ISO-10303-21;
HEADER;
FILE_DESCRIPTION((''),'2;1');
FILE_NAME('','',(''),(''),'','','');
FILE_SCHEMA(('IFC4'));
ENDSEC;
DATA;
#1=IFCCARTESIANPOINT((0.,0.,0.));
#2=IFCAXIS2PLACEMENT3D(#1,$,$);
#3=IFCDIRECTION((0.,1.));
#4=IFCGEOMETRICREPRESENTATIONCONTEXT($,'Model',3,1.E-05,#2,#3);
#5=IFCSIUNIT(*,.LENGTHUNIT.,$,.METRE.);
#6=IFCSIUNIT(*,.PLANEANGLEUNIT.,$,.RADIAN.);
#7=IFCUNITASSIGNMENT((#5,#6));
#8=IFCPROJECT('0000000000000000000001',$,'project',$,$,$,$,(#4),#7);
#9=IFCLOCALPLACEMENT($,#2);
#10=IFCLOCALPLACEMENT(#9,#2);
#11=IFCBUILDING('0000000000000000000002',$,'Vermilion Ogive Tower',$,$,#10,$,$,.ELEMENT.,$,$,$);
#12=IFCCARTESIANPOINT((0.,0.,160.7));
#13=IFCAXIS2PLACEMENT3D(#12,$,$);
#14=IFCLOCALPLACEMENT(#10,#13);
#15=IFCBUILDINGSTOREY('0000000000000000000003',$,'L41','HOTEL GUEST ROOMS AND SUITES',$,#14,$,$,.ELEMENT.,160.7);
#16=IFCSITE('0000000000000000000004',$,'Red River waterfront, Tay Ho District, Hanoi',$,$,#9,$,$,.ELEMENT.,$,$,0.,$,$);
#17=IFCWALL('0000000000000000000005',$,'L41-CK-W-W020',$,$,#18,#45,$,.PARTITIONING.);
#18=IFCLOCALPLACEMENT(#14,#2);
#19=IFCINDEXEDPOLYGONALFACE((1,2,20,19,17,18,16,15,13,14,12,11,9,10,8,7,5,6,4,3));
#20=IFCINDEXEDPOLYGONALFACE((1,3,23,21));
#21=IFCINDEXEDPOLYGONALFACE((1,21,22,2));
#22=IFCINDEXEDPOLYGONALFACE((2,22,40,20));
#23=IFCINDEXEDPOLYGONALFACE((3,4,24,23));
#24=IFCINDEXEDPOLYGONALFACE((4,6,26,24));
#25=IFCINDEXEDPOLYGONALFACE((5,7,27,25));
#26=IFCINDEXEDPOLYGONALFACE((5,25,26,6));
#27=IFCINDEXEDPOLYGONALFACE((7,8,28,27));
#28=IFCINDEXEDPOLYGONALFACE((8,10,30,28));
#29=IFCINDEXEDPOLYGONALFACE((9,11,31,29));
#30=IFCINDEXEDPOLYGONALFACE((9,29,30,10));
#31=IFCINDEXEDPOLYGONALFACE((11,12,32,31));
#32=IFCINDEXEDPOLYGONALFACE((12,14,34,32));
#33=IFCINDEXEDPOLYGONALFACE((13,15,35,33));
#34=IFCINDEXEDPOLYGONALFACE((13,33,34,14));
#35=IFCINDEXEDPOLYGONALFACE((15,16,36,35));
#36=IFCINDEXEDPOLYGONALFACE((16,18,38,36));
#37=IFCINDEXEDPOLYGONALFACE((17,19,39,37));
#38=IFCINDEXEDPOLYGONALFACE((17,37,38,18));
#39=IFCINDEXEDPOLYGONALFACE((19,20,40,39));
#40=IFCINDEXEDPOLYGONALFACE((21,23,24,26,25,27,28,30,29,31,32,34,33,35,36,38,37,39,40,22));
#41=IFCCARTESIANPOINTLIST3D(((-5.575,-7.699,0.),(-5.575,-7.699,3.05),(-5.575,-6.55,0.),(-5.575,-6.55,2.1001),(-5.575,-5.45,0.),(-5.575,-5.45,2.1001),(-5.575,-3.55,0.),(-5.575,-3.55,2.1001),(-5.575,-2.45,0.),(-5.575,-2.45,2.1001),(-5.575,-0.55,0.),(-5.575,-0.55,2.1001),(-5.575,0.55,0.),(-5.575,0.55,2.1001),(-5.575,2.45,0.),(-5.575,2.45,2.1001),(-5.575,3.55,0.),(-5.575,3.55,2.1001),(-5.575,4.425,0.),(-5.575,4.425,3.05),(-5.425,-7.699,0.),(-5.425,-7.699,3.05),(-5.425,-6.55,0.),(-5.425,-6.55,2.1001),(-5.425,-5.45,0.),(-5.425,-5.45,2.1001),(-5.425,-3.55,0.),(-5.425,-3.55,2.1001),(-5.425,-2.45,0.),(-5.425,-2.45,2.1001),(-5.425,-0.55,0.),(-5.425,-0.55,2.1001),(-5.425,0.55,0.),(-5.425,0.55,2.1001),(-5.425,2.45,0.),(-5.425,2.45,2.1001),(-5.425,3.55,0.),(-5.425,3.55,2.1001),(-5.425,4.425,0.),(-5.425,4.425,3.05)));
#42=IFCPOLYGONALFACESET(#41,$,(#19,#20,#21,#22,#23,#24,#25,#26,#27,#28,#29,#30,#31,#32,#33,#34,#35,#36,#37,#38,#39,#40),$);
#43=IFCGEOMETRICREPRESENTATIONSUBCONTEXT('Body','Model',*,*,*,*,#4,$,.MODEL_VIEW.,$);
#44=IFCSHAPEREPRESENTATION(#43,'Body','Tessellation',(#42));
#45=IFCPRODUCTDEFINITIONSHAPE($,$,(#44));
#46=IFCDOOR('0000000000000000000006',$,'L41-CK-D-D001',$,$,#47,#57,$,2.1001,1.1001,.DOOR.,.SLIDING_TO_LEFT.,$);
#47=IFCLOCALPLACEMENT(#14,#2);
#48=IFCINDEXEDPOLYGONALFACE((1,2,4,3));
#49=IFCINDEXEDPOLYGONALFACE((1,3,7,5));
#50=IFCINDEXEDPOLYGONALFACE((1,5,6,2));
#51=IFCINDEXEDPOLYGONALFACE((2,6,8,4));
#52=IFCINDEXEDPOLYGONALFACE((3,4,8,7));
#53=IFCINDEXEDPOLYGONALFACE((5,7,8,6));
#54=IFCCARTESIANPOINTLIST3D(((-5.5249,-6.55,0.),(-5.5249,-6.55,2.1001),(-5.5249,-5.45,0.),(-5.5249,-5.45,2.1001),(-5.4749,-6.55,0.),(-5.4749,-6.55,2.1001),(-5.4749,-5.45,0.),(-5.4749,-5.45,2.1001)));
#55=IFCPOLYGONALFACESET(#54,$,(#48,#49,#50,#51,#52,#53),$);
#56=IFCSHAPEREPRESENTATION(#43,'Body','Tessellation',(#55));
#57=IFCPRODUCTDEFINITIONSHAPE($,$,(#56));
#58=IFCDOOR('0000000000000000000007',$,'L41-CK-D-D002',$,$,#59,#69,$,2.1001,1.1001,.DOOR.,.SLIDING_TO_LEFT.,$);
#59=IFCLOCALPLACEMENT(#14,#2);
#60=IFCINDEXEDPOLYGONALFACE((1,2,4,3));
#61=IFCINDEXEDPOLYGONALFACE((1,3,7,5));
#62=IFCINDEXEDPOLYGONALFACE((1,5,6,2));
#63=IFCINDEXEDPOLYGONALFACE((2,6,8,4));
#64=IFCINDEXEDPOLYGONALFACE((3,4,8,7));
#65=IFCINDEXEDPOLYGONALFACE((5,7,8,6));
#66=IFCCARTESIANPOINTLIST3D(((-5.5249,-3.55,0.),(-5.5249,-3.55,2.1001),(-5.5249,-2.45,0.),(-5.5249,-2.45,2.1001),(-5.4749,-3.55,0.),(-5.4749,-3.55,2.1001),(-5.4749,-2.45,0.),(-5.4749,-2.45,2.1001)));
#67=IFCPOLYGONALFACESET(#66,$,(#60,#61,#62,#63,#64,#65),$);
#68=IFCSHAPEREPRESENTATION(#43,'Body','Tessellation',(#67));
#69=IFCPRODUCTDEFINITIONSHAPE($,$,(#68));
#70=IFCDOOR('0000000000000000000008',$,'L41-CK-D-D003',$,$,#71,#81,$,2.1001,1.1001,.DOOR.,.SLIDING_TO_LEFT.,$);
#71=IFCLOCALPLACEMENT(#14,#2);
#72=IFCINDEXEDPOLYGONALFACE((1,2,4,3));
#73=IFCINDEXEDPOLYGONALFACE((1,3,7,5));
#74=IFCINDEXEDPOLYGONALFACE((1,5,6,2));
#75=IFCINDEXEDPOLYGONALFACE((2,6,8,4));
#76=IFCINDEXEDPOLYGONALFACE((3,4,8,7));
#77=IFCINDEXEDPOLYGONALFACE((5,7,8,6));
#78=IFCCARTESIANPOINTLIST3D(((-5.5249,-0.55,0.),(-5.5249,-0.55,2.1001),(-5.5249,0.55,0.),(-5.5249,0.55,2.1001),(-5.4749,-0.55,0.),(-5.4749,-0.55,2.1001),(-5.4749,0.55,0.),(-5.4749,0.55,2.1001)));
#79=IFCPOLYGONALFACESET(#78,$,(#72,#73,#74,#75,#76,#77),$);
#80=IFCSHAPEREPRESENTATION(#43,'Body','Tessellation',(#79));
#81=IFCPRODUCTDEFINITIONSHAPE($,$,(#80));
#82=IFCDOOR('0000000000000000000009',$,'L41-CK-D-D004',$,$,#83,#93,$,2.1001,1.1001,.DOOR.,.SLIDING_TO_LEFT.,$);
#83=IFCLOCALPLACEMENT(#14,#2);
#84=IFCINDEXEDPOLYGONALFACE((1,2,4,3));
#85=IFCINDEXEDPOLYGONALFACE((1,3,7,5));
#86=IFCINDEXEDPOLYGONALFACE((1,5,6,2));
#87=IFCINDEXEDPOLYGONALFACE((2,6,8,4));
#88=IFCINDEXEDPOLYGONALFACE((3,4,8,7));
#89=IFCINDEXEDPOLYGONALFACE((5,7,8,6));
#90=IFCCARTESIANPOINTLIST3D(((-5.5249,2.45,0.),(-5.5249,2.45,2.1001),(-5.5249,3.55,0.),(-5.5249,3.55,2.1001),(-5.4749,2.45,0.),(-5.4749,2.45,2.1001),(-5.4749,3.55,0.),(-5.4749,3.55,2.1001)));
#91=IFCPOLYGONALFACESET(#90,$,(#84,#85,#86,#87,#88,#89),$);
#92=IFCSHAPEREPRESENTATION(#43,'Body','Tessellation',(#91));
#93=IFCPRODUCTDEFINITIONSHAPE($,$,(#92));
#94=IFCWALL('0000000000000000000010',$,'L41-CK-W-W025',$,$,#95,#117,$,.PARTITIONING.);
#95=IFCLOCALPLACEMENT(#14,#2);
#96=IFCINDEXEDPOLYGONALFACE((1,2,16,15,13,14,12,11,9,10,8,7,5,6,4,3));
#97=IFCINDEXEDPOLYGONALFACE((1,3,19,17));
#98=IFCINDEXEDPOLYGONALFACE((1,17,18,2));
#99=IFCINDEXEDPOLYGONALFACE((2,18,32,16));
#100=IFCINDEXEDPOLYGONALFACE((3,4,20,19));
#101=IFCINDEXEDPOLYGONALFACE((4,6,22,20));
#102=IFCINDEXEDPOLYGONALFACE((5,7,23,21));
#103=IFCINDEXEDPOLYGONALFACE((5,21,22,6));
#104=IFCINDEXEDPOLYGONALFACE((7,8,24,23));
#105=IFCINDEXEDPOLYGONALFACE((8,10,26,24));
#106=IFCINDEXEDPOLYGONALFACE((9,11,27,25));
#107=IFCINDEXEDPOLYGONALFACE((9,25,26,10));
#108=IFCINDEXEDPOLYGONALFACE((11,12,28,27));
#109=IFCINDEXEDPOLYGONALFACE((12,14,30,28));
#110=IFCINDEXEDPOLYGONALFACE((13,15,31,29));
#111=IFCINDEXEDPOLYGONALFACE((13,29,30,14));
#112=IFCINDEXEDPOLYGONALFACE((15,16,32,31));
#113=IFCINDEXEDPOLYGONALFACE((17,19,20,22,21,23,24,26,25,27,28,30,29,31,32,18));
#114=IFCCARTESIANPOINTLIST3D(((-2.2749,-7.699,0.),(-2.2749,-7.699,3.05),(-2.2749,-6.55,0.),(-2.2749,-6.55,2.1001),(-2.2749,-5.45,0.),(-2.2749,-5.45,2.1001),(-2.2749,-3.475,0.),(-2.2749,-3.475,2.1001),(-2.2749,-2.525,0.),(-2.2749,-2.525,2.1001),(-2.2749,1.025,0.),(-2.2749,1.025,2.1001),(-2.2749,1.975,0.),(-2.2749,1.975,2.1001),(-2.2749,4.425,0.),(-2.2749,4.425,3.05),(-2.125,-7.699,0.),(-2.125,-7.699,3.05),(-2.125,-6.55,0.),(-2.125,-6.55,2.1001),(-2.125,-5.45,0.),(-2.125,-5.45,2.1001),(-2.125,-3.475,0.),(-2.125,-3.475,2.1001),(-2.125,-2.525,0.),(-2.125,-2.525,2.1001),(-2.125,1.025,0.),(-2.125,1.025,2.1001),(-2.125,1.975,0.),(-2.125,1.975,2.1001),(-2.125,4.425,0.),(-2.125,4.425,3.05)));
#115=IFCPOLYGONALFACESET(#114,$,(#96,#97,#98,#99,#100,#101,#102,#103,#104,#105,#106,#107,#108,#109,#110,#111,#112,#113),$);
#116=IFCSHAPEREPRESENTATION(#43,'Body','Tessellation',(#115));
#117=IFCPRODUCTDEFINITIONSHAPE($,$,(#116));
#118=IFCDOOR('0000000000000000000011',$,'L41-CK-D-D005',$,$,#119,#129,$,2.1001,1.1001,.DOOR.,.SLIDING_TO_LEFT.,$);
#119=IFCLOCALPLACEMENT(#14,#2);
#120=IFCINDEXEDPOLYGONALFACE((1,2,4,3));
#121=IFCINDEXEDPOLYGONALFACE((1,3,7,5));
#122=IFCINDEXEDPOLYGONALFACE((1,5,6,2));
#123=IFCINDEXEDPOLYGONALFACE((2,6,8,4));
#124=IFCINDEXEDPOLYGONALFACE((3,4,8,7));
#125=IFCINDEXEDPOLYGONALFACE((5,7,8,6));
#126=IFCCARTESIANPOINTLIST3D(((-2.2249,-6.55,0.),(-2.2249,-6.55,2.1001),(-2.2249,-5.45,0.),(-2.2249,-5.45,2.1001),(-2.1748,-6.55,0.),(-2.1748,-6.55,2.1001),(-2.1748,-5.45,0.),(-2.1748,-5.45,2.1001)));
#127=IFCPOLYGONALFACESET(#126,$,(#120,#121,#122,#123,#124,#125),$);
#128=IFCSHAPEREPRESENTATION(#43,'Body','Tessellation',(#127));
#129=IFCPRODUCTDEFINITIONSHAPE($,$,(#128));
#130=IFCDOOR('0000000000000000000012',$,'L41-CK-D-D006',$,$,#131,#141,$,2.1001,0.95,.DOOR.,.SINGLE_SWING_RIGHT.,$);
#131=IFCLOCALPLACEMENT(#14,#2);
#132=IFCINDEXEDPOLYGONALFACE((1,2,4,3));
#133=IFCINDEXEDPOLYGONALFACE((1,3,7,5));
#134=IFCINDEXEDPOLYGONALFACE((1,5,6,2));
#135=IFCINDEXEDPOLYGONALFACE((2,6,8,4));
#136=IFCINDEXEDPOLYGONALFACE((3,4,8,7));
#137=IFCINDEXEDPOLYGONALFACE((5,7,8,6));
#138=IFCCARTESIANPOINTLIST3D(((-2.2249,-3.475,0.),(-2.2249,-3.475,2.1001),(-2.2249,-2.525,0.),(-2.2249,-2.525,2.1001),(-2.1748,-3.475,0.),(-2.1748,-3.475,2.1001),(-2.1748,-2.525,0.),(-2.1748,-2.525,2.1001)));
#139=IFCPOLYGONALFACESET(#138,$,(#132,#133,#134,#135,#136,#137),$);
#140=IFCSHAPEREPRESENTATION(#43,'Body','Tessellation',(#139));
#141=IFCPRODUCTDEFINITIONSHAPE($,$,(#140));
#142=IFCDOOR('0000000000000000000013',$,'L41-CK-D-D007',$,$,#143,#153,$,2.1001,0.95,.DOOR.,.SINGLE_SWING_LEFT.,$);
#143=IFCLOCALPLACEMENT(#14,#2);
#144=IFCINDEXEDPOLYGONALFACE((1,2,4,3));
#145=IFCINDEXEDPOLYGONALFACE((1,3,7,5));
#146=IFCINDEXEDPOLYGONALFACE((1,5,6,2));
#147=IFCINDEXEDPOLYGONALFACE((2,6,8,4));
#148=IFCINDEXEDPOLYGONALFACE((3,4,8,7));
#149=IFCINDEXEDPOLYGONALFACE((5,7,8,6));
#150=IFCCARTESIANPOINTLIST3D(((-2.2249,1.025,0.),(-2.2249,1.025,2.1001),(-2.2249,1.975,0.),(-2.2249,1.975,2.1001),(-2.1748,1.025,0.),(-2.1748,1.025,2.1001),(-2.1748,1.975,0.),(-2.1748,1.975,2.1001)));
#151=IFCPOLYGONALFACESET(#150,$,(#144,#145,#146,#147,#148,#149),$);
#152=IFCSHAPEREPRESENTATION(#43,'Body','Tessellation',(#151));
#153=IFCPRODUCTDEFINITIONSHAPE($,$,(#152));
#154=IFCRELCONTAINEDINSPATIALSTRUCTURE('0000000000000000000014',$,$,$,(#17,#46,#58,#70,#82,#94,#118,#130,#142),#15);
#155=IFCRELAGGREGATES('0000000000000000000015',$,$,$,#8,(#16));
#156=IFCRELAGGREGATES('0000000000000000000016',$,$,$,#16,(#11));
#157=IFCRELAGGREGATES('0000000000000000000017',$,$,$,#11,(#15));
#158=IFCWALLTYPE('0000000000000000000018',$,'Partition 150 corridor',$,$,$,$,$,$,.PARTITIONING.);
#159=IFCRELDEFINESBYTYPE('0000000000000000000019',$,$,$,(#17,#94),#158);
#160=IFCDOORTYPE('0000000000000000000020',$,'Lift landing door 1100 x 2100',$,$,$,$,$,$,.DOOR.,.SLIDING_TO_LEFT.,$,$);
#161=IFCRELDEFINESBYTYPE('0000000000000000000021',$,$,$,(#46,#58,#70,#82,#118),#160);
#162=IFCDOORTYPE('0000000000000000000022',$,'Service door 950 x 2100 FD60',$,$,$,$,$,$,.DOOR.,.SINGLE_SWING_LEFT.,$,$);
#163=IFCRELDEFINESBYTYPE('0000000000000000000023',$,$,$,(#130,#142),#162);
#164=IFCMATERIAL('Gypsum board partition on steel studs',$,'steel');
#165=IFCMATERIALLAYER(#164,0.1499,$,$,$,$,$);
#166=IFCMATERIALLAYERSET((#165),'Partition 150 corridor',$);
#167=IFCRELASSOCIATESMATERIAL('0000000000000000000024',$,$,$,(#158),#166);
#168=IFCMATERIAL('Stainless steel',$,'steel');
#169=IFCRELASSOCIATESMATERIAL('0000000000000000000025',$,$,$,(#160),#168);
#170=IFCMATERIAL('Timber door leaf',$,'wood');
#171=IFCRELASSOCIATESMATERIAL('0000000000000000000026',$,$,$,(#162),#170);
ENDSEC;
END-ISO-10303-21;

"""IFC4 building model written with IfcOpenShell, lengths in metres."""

from ifc_helpers import new_model, si_unit, direction, frame, frame_2d, origin, place, context, subcontext, project, spatial, rectangle, extrude, material, layer, layer_set, type_object, element, fill, save


model = new_model("IFC4")

# Units and contexts
model_context = context("Model", 3, precision=1e-05, world=origin(), true_north=direction((0.0, 1.0)))
body_context = subcontext(model_context, "Body", "Model", "MODEL_VIEW")
ifc_project = project(units=[si_unit("LENGTHUNIT", "METRE"), si_unit("PLANEANGLEUNIT", "RADIAN")], contexts=[model_context])

# Site, building, storey
site_placement = place(None, origin())
site = spatial("IfcSite", under=ifc_project, at=site_placement, Name="Red River waterfront, Tay Ho District, Hanoi", CompositionType="ELEMENT", RefElevation=0.0)
building_placement = place(site_placement, origin())
building = spatial("IfcBuilding", under=site, at=building_placement, Name="Vermilion Ogive Tower", CompositionType="ELEMENT")
storey_placement = place(building_placement, frame((0.0, 0.0, 160.7)))
storey = spatial("IfcBuildingStorey", under=building, at=storey_placement, Name="L41", Description="HOTEL GUEST ROOMS AND SUITES", CompositionType="ELEMENT", Elevation=160.7)

# Shared definitions
ifc_material_1 = material(Name="Gypsum board partition on steel studs", Category="steel")
ifc_layer_1 = layer(ifc_material_1, 0.1499)
ifc_layer_set_1 = layer_set([ifc_layer_1], Name="Partition 150 corridor")
wall_type_1 = type_object("IfcWallType", Name="Partition 150 corridor", PredefinedType="PARTITIONING", material=ifc_layer_set_1)

# Walls, openings, doors
wall_1_placement = place(storey_placement, frame((-5.5, -7.699, 0.0), z_axis=(0.0, 0.0, 1.0), x_axis=(0.0, 1.0, 0.0)))
wall_1 = element("IfcWall", 1, at=wall_1_placement, inside=storey, type_object=wall_type_1, Name="L41-CK-W-W020", PredefinedType="PARTITIONING", context=body_context, shape_type="SweptSolid", body=[
    extrude(rectangle(XDim=12.124, YDim=0.1499, at=frame_2d((6.062, 0.0))), origin(), (0.0, 0.0, 1.0), 3.05),
])
opening_1_placement = place(wall_1_placement, frame((1.1489, 0.0, 0.0)))
opening_1 = element("IfcOpeningElement", 2, at=opening_1_placement, cuts=wall_1, PredefinedType="OPENING", context=body_context, shape_type="SweptSolid", body=[
    extrude(rectangle(XDim=1.1001, YDim=2.1001, at=frame_2d((0.55, 1.05))), frame((0.0, 0.085, 0.0), z_axis=(0.0, -1.0, 0.0), x_axis=(1.0, 0.0, 0.0)), (0.0, 0.0, 1.0), 0.1699),
])
opening_2_placement = place(wall_1_placement, frame((4.1489, 0.0, 0.0)))
opening_2 = element("IfcOpeningElement", 3, at=opening_2_placement, cuts=wall_1, PredefinedType="OPENING", context=body_context, shape_type="SweptSolid", body=[
    extrude(rectangle(XDim=1.1001, YDim=2.1001, at=frame_2d((0.55, 1.05))), frame((0.0, 0.085, 0.0), z_axis=(0.0, -1.0, 0.0), x_axis=(1.0, 0.0, 0.0)), (0.0, 0.0, 1.0), 0.1699),
])
opening_3_placement = place(wall_1_placement, frame((7.1489, 0.0, 0.0)))
opening_3 = element("IfcOpeningElement", 4, at=opening_3_placement, cuts=wall_1, PredefinedType="OPENING", context=body_context, shape_type="SweptSolid", body=[
    extrude(rectangle(XDim=1.1001, YDim=2.1001, at=frame_2d((0.55, 1.05))), frame((0.0, 0.085, 0.0), z_axis=(0.0, -1.0, 0.0), x_axis=(1.0, 0.0, 0.0)), (0.0, 0.0, 1.0), 0.1699),
])
opening_4_placement = place(wall_1_placement, frame((10.1489, 0.0, 0.0)))
opening_4 = element("IfcOpeningElement", 5, at=opening_4_placement, cuts=wall_1, PredefinedType="OPENING", context=body_context, shape_type="SweptSolid", body=[
    extrude(rectangle(XDim=1.1001, YDim=2.1001, at=frame_2d((0.55, 1.05))), frame((0.0, 0.085, 0.0), z_axis=(0.0, -1.0, 0.0), x_axis=(1.0, 0.0, 0.0)), (0.0, 0.0, 1.0), 0.1699),
])
ifc_material_2 = material(Name="Stainless steel", Category="steel")
door_type_1 = type_object("IfcDoorType", Name="Lift landing door 1100 x 2100", OperationType="SLIDING_TO_LEFT", PredefinedType="DOOR", material=ifc_material_2)
door_1_placement = place(opening_1_placement, origin())
door_1 = element("IfcDoor", 6, at=door_1_placement, inside=storey, type_object=door_type_1, Name="L41-CK-D-D001", OperationType="SLIDING_TO_LEFT", OverallHeight=2.1001, OverallWidth=1.1001, PredefinedType="DOOR", context=body_context, shape_type="SweptSolid", body=[
    extrude(rectangle(XDim=1.1001, YDim=2.1001, at=frame_2d((0.55, 1.05))), frame((0.0, 0.0249, 0.0), z_axis=(0.0, -1.0, 0.0), x_axis=(1.0, 0.0, 0.0)), (0.0, 0.0, 1.0), 0.05),
])
fill(opening_1, door_1)
door_2_placement = place(opening_2_placement, origin())
door_2 = element("IfcDoor", 7, at=door_2_placement, inside=storey, type_object=door_type_1, Name="L41-CK-D-D002", OperationType="SLIDING_TO_LEFT", OverallHeight=2.1001, OverallWidth=1.1001, PredefinedType="DOOR", context=body_context, shape_type="SweptSolid", body=[
    extrude(rectangle(XDim=1.1001, YDim=2.1001, at=frame_2d((0.55, 1.05))), frame((0.0, 0.0249, 0.0), z_axis=(0.0, -1.0, 0.0), x_axis=(1.0, 0.0, 0.0)), (0.0, 0.0, 1.0), 0.05),
])
fill(opening_2, door_2)
door_3_placement = place(opening_3_placement, origin())
door_3 = element("IfcDoor", 8, at=door_3_placement, inside=storey, type_object=door_type_1, Name="L41-CK-D-D003", OperationType="SLIDING_TO_LEFT", OverallHeight=2.1001, OverallWidth=1.1001, PredefinedType="DOOR", context=body_context, shape_type="SweptSolid", body=[
    extrude(rectangle(XDim=1.1001, YDim=2.1001, at=frame_2d((0.55, 1.05))), frame((0.0, 0.0249, 0.0), z_axis=(0.0, -1.0, 0.0), x_axis=(1.0, 0.0, 0.0)), (0.0, 0.0, 1.0), 0.05),
])
fill(opening_3, door_3)
door_4_placement = place(opening_4_placement, origin())
door_4 = element("IfcDoor", 9, at=door_4_placement, inside=storey, type_object=door_type_1, Name="L41-CK-D-D004", OperationType="SLIDING_TO_LEFT", OverallHeight=2.1001, OverallWidth=1.1001, PredefinedType="DOOR", context=body_context, shape_type="SweptSolid", body=[
    extrude(rectangle(XDim=1.1001, YDim=2.1001, at=frame_2d((0.55, 1.05))), frame((0.0, 0.0249, 0.0), z_axis=(0.0, -1.0, 0.0), x_axis=(1.0, 0.0, 0.0)), (0.0, 0.0, 1.0), 0.05),
])
fill(opening_4, door_4)
wall_2_placement = place(storey_placement, frame((-2.2, -7.699, 0.0), z_axis=(0.0, 0.0, 1.0), x_axis=(0.0, 1.0, 0.0)))
wall_2 = element("IfcWall", 10, at=wall_2_placement, inside=storey, type_object=wall_type_1, Name="L41-CK-W-W025", PredefinedType="PARTITIONING", context=body_context, shape_type="SweptSolid", body=[
    extrude(rectangle(XDim=12.124, YDim=0.1499, at=frame_2d((6.062, 0.0))), origin(), (0.0, 0.0, 1.0), 3.05),
])
opening_5_placement = place(wall_2_placement, frame((1.1489, 0.0, 0.0)))
opening_5 = element("IfcOpeningElement", 11, at=opening_5_placement, cuts=wall_2, PredefinedType="OPENING", context=body_context, shape_type="SweptSolid", body=[
    extrude(rectangle(XDim=1.1001, YDim=2.1001, at=frame_2d((0.55, 1.05))), frame((0.0, 0.085, 0.0), z_axis=(0.0, -1.0, 0.0), x_axis=(1.0, 0.0, 0.0)), (0.0, 0.0, 1.0), 0.1699),
])
opening_6_placement = place(wall_2_placement, frame((4.2239, 0.0, 0.0)))
opening_6 = element("IfcOpeningElement", 12, at=opening_6_placement, cuts=wall_2, PredefinedType="OPENING", context=body_context, shape_type="SweptSolid", body=[
    extrude(rectangle(XDim=0.95, YDim=2.1001, at=frame_2d((0.4751, 1.05))), frame((0.0, 0.085, 0.0), z_axis=(0.0, -1.0, 0.0), x_axis=(1.0, 0.0, 0.0)), (0.0, 0.0, 1.0), 0.1699),
])
opening_7_placement = place(wall_2_placement, frame((8.7239, 0.0, 0.0)))
opening_7 = element("IfcOpeningElement", 13, at=opening_7_placement, cuts=wall_2, PredefinedType="OPENING", context=body_context, shape_type="SweptSolid", body=[
    extrude(rectangle(XDim=0.95, YDim=2.1001, at=frame_2d((0.4751, 1.05))), frame((0.0, 0.085, 0.0), z_axis=(0.0, -1.0, 0.0), x_axis=(1.0, 0.0, 0.0)), (0.0, 0.0, 1.0), 0.1699),
])
door_5_placement = place(opening_5_placement, origin())
door_5 = element("IfcDoor", 14, at=door_5_placement, inside=storey, type_object=door_type_1, Name="L41-CK-D-D005", OperationType="SLIDING_TO_LEFT", OverallHeight=2.1001, OverallWidth=1.1001, PredefinedType="DOOR", context=body_context, shape_type="SweptSolid", body=[
    extrude(rectangle(XDim=1.1001, YDim=2.1001, at=frame_2d((0.55, 1.05))), frame((0.0, 0.0249, 0.0), z_axis=(0.0, -1.0, 0.0), x_axis=(1.0, 0.0, 0.0)), (0.0, 0.0, 1.0), 0.05),
])
fill(opening_5, door_5)
ifc_material_3 = material(Name="Timber door leaf", Category="wood")
door_type_2 = type_object("IfcDoorType", Name="Service door 950 x 2100 FD60", OperationType="SINGLE_SWING_LEFT", PredefinedType="DOOR", material=ifc_material_3)
door_6_placement = place(opening_6_placement, origin())
door_6 = element("IfcDoor", 15, at=door_6_placement, inside=storey, type_object=door_type_2, Name="L41-CK-D-D006", OperationType="SINGLE_SWING_RIGHT", OverallHeight=2.1001, OverallWidth=0.95, PredefinedType="DOOR", context=body_context, shape_type="SweptSolid", body=[
    extrude(rectangle(XDim=0.95, YDim=2.1001, at=frame_2d((0.4751, 1.05))), frame((0.0, 0.0249, 0.0), z_axis=(0.0, -1.0, 0.0), x_axis=(1.0, 0.0, 0.0)), (0.0, 0.0, 1.0), 0.05),
])
fill(opening_6, door_6)
door_7_placement = place(opening_7_placement, origin())
door_7 = element("IfcDoor", 16, at=door_7_placement, inside=storey, type_object=door_type_2, Name="L41-CK-D-D007", OperationType="SINGLE_SWING_LEFT", OverallHeight=2.1001, OverallWidth=0.95, PredefinedType="DOOR", context=body_context, shape_type="SweptSolid", body=[
    extrude(rectangle(XDim=0.95, YDim=2.1001, at=frame_2d((0.4751, 1.05))), frame((0.0, 0.0249, 0.0), z_axis=(0.0, -1.0, 0.0), x_axis=(1.0, 0.0, 0.0)), (0.0, 0.0, 1.0), 0.05),
])
fill(opening_7, door_7)

save(model, "model.ifc")
